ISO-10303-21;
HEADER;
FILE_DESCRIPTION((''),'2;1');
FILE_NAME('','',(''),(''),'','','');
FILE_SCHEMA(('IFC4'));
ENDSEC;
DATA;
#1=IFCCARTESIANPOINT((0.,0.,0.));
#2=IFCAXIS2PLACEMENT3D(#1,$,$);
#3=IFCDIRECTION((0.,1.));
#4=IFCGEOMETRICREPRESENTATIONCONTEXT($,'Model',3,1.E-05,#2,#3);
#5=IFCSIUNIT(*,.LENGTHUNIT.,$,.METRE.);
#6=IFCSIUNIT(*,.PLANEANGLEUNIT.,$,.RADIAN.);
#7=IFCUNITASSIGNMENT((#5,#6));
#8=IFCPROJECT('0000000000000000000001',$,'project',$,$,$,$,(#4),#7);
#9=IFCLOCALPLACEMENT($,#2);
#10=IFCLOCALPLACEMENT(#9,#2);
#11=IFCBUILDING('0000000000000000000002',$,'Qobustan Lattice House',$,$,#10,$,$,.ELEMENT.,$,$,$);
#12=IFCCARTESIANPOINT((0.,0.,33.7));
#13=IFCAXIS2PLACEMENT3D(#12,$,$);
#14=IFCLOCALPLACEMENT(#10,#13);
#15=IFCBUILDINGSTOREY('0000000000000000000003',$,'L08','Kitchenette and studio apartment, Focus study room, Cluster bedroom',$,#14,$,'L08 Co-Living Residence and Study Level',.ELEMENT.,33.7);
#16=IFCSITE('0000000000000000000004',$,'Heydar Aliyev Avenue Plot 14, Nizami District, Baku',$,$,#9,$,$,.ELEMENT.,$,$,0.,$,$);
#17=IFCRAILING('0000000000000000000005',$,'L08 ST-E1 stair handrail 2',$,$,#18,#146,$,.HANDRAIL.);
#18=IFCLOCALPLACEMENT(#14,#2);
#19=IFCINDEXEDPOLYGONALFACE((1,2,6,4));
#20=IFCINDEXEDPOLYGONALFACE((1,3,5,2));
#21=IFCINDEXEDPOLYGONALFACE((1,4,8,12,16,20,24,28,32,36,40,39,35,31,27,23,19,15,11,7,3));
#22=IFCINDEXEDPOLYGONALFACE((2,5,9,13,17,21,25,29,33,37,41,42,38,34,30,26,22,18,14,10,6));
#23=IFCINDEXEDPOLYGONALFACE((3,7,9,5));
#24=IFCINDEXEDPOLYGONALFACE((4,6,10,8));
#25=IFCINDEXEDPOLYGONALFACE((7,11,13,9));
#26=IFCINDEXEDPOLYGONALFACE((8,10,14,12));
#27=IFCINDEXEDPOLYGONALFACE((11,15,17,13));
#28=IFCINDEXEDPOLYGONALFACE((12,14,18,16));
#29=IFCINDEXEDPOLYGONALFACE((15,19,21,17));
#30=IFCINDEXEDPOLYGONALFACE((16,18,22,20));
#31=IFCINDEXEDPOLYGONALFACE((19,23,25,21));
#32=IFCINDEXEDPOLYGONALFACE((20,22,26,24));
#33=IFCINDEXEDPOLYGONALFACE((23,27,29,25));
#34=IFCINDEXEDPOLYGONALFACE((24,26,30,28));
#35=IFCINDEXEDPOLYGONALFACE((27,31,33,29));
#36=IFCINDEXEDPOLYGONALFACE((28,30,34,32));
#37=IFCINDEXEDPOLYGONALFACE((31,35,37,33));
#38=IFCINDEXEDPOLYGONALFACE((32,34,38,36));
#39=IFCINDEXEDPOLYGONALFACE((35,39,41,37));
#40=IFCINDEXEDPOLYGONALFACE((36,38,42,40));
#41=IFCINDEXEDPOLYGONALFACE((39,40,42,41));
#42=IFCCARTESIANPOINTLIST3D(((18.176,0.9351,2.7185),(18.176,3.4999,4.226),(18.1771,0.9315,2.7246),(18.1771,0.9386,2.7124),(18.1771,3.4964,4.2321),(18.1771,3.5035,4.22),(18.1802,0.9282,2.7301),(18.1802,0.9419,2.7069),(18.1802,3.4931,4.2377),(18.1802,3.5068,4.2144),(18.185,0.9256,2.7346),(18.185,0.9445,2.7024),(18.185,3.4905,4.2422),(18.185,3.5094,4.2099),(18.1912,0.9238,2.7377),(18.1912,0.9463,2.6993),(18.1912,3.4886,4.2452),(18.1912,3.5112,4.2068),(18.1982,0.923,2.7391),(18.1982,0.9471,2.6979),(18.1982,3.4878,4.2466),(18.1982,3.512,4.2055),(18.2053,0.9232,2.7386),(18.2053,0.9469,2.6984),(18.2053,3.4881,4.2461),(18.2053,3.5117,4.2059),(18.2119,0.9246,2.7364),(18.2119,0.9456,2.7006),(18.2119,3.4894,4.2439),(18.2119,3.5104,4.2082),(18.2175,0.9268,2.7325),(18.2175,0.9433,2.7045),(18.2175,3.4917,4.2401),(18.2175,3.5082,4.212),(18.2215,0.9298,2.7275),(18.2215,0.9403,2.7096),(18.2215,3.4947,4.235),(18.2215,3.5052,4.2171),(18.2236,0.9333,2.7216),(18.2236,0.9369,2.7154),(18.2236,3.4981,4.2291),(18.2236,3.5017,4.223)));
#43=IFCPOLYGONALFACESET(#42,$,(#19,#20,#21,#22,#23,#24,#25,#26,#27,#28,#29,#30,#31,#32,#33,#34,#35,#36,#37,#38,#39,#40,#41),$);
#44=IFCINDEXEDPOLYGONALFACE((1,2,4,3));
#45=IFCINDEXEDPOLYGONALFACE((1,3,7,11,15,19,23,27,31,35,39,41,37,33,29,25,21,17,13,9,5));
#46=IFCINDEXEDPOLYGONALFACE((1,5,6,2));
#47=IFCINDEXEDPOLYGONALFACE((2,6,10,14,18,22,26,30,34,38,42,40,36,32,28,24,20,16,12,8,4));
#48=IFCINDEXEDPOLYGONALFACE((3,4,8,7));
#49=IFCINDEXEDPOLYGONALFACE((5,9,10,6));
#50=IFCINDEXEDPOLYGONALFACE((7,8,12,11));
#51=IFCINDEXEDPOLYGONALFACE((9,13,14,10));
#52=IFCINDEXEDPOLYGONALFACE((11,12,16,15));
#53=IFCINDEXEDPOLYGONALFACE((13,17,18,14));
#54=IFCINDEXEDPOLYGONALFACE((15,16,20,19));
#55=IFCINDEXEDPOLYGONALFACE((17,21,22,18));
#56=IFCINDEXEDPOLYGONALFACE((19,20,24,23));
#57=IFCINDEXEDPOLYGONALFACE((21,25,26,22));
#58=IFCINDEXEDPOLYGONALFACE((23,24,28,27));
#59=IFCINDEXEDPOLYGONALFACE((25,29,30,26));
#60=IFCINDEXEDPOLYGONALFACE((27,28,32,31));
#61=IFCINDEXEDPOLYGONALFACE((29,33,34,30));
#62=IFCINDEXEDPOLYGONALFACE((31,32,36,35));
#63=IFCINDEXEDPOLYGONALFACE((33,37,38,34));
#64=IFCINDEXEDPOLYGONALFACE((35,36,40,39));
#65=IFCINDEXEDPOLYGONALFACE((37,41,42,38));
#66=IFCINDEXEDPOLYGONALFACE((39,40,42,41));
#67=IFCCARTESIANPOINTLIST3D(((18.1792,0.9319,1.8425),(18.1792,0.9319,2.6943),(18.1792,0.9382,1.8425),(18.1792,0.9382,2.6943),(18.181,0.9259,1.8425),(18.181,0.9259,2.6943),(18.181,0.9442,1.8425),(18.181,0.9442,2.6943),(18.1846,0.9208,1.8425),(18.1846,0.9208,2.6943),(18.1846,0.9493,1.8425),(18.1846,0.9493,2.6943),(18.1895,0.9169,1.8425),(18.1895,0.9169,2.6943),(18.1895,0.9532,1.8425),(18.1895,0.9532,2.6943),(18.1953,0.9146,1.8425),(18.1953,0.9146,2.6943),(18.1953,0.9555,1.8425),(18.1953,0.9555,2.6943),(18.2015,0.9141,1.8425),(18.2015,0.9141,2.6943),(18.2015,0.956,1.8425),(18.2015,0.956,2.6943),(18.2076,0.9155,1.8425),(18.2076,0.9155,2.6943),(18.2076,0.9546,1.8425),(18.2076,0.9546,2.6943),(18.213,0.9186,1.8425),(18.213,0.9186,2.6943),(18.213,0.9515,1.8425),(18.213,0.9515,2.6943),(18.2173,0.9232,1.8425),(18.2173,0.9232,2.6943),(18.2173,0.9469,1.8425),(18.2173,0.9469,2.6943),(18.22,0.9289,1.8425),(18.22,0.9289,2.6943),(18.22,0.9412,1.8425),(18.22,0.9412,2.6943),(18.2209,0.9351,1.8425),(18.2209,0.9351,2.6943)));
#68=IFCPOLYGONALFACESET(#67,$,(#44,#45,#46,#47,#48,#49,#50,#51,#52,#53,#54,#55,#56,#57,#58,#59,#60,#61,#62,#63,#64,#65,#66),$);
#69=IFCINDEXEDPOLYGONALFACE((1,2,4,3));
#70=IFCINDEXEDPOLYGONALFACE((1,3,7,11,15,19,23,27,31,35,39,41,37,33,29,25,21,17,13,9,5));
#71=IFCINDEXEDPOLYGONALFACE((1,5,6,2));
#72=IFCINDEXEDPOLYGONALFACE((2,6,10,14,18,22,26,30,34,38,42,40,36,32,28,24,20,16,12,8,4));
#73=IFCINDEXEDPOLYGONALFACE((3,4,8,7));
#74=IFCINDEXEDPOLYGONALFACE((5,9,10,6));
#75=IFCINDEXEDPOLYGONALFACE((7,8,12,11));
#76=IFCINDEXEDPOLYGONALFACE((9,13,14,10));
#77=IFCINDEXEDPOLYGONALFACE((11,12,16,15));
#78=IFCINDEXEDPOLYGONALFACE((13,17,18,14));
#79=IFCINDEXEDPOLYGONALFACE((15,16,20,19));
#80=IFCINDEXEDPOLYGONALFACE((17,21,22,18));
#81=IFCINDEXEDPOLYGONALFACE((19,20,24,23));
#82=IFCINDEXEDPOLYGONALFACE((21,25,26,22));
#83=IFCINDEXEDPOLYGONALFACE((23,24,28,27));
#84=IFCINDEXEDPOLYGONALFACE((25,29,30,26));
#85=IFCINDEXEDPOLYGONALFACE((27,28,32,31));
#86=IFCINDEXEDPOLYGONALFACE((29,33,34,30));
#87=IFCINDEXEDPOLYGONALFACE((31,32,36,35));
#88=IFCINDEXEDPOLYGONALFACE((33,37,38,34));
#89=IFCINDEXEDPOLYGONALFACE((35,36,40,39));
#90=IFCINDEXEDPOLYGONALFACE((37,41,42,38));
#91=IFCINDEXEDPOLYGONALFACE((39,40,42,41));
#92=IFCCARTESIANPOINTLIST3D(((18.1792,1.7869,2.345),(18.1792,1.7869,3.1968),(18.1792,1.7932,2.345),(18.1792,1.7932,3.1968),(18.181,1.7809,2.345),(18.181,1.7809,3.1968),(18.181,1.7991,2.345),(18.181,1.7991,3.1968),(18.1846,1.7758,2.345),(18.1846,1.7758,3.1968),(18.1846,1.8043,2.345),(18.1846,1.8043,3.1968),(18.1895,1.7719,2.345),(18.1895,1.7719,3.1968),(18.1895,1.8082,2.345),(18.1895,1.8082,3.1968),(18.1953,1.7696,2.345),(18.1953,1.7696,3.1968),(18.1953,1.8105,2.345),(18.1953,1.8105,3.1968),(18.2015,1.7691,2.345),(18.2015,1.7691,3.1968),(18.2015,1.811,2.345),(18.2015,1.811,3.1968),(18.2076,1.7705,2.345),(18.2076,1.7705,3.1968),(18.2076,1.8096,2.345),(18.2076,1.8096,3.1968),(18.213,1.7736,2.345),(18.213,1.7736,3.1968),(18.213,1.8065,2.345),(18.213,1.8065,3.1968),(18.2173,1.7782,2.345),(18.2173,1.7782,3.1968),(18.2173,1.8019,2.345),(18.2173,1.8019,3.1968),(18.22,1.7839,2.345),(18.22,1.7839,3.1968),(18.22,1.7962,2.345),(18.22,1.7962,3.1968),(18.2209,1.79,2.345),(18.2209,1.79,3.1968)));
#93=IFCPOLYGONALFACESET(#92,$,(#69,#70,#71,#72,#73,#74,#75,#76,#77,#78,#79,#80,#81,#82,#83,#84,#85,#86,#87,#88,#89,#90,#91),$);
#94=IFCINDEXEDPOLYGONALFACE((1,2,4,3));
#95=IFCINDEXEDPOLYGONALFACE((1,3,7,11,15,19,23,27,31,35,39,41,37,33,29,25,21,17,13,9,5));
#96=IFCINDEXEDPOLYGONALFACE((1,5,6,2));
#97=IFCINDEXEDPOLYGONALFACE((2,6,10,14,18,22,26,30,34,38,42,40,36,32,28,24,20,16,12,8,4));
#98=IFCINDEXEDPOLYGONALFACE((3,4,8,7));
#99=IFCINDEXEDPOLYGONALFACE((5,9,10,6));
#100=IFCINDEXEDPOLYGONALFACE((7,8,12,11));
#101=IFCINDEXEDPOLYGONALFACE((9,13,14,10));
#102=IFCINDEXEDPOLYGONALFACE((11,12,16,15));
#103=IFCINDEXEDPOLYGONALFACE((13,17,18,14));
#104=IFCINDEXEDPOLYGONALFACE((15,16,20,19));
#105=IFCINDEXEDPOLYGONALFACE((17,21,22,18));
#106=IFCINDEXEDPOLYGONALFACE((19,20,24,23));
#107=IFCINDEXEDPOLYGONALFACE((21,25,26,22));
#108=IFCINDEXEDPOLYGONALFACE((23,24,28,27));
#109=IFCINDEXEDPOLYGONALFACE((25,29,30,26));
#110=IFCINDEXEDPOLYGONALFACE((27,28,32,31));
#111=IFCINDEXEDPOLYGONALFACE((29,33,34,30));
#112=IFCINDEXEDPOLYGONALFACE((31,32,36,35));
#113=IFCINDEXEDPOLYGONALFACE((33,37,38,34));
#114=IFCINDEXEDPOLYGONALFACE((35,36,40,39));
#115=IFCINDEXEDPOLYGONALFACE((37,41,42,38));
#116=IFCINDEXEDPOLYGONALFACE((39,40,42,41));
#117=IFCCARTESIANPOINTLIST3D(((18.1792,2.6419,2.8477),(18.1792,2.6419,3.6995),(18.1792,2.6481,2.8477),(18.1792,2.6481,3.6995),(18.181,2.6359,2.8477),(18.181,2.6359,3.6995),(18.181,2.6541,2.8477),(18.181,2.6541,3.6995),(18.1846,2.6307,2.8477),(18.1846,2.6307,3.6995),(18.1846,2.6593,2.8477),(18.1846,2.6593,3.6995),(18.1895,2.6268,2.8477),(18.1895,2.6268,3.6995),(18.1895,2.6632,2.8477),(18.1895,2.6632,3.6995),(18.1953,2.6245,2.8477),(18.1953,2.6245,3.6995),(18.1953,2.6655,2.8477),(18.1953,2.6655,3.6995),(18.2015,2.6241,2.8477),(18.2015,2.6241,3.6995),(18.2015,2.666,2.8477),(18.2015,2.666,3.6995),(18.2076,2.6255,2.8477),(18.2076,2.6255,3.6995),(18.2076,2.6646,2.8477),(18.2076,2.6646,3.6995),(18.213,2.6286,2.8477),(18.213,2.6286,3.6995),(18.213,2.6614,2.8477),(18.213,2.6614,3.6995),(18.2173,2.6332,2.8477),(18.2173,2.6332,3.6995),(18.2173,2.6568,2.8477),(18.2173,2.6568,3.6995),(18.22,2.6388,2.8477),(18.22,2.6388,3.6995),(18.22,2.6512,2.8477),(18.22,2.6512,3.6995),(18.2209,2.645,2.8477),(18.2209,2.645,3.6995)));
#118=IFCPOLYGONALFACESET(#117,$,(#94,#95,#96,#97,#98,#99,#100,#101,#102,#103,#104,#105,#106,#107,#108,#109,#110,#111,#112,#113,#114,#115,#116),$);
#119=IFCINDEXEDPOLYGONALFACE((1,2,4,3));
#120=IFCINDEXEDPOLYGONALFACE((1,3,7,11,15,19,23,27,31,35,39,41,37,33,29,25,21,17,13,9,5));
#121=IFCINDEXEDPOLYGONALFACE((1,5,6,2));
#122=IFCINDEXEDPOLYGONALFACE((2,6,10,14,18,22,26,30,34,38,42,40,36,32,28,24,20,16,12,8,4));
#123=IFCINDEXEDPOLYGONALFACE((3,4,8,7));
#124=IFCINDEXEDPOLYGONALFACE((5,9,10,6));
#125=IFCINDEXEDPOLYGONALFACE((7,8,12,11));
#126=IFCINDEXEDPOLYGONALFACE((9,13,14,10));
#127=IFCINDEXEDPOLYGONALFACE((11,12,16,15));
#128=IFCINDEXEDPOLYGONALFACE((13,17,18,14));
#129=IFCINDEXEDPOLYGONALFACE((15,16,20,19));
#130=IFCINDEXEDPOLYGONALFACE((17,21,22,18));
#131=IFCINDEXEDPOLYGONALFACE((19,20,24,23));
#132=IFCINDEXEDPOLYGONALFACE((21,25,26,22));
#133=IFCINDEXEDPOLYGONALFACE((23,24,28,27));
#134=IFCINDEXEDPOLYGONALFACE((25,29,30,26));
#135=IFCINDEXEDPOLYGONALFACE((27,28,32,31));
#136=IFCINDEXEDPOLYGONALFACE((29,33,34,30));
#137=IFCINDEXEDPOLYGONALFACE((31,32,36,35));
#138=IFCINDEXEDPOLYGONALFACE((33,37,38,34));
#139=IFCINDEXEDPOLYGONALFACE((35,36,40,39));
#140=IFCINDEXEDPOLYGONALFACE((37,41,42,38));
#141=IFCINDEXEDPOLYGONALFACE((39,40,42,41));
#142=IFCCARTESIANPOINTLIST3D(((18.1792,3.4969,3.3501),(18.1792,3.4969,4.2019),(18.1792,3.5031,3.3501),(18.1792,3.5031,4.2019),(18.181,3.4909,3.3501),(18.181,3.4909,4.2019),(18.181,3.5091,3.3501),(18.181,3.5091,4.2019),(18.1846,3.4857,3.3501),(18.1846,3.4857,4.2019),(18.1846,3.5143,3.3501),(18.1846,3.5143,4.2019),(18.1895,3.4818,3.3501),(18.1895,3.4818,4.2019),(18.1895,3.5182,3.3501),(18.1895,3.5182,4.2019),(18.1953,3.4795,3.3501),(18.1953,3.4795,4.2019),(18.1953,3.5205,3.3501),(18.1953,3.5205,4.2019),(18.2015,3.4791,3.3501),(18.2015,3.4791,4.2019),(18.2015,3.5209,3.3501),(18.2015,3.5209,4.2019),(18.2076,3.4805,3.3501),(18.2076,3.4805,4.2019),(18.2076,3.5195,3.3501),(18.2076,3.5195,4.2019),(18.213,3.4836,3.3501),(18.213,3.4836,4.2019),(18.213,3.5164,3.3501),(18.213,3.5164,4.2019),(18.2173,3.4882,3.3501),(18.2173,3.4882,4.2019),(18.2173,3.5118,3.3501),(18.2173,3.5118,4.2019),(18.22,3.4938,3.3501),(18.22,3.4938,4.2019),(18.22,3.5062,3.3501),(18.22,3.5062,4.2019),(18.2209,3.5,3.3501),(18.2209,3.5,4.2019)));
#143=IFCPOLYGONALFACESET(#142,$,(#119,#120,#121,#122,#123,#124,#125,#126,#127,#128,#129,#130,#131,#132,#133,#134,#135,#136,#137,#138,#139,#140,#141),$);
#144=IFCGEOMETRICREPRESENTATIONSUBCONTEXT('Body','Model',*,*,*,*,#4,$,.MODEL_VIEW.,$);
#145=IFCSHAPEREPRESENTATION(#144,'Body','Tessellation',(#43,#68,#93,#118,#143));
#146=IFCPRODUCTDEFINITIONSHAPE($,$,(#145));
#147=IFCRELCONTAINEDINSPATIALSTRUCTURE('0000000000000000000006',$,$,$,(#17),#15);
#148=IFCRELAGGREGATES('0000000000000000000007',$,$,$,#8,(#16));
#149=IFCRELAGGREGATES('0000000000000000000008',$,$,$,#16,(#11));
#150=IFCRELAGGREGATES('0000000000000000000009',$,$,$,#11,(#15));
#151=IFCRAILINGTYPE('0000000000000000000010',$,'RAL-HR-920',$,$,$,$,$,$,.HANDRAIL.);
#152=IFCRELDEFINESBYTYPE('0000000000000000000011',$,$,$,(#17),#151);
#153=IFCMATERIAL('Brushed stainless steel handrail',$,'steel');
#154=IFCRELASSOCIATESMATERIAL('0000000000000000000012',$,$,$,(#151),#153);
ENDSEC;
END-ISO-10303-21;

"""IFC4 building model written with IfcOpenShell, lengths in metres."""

from ifc_helpers import new_model, si_unit, direction, frame, origin, origin_2d, place, context, subcontext, project, spatial, circle, extrude, material, type_object, element, save


model = new_model("IFC4")

# Units and contexts
model_context = context("Model", 3, precision=1e-05, world=origin(), true_north=direction((0.0, 1.0)))
body_context = subcontext(model_context, "Body", "Model", "MODEL_VIEW")
ifc_project = project(units=[si_unit("LENGTHUNIT", "METRE"), si_unit("PLANEANGLEUNIT", "RADIAN")], contexts=[model_context])

# Site, building, storey
site_placement = place(None, origin())
site = spatial("IfcSite", under=ifc_project, at=site_placement, Name="Heydar Aliyev Avenue Plot 14, Nizami District, Baku", CompositionType="ELEMENT", RefElevation=0.0)
building_placement = place(site_placement, origin())
building = spatial("IfcBuilding", under=site, at=building_placement, Name="Qobustan Lattice House", CompositionType="ELEMENT")
storey_placement = place(building_placement, frame((0.0, 0.0, 33.7)))
storey = spatial("IfcBuildingStorey", under=building, at=storey_placement, Name="L08", Description="Kitchenette and studio apartment, Focus study room, Cluster bedroom", LongName="L08 Co-Living Residence and Study Level", CompositionType="ELEMENT", Elevation=33.7)

# Railing
ifc_material_1 = material(Name="Brushed stainless steel handrail", Category="steel")
railing_type = type_object("IfcRailingType", Name="RAL-HR-920", PredefinedType="HANDRAIL", material=ifc_material_1)
railing_placement = place(storey_placement, frame((18.2, 0.9351, 1.8425)))
element("IfcRailing", 1, at=railing_placement, inside=storey, type_object=railing_type, Name="L08 ST-E1 stair handrail 2", PredefinedType="HANDRAIL", context=body_context, shape_type="SweptSolid", body=[
    extrude(circle(Radius=0.0239, at=origin_2d()), frame((0.0, 0.0, 0.876), z_axis=(0.0, 0.862113, 0.506715), x_axis=(-1.0, 0.0, 0.0)), (0.0, 0.0, 1.0), 2.9751),
    extrude(circle(Radius=0.021, at=origin_2d()), origin(), (0.0, 0.0, 1.0), 0.8518),
    extrude(circle(Radius=0.021, at=origin_2d()), frame((0.0, 0.855, 0.5024)), (0.0, 0.0, 1.0), 0.8518),
    extrude(circle(Radius=0.021, at=origin_2d()), frame((0.0, 1.71, 1.0051)), (0.0, 0.0, 1.0), 0.8518),
    extrude(circle(Radius=0.021, at=origin_2d()), frame((0.0, 2.5649, 1.5076)), (0.0, 0.0, 1.0), 0.8518),
])

save(model, "model.ifc")
